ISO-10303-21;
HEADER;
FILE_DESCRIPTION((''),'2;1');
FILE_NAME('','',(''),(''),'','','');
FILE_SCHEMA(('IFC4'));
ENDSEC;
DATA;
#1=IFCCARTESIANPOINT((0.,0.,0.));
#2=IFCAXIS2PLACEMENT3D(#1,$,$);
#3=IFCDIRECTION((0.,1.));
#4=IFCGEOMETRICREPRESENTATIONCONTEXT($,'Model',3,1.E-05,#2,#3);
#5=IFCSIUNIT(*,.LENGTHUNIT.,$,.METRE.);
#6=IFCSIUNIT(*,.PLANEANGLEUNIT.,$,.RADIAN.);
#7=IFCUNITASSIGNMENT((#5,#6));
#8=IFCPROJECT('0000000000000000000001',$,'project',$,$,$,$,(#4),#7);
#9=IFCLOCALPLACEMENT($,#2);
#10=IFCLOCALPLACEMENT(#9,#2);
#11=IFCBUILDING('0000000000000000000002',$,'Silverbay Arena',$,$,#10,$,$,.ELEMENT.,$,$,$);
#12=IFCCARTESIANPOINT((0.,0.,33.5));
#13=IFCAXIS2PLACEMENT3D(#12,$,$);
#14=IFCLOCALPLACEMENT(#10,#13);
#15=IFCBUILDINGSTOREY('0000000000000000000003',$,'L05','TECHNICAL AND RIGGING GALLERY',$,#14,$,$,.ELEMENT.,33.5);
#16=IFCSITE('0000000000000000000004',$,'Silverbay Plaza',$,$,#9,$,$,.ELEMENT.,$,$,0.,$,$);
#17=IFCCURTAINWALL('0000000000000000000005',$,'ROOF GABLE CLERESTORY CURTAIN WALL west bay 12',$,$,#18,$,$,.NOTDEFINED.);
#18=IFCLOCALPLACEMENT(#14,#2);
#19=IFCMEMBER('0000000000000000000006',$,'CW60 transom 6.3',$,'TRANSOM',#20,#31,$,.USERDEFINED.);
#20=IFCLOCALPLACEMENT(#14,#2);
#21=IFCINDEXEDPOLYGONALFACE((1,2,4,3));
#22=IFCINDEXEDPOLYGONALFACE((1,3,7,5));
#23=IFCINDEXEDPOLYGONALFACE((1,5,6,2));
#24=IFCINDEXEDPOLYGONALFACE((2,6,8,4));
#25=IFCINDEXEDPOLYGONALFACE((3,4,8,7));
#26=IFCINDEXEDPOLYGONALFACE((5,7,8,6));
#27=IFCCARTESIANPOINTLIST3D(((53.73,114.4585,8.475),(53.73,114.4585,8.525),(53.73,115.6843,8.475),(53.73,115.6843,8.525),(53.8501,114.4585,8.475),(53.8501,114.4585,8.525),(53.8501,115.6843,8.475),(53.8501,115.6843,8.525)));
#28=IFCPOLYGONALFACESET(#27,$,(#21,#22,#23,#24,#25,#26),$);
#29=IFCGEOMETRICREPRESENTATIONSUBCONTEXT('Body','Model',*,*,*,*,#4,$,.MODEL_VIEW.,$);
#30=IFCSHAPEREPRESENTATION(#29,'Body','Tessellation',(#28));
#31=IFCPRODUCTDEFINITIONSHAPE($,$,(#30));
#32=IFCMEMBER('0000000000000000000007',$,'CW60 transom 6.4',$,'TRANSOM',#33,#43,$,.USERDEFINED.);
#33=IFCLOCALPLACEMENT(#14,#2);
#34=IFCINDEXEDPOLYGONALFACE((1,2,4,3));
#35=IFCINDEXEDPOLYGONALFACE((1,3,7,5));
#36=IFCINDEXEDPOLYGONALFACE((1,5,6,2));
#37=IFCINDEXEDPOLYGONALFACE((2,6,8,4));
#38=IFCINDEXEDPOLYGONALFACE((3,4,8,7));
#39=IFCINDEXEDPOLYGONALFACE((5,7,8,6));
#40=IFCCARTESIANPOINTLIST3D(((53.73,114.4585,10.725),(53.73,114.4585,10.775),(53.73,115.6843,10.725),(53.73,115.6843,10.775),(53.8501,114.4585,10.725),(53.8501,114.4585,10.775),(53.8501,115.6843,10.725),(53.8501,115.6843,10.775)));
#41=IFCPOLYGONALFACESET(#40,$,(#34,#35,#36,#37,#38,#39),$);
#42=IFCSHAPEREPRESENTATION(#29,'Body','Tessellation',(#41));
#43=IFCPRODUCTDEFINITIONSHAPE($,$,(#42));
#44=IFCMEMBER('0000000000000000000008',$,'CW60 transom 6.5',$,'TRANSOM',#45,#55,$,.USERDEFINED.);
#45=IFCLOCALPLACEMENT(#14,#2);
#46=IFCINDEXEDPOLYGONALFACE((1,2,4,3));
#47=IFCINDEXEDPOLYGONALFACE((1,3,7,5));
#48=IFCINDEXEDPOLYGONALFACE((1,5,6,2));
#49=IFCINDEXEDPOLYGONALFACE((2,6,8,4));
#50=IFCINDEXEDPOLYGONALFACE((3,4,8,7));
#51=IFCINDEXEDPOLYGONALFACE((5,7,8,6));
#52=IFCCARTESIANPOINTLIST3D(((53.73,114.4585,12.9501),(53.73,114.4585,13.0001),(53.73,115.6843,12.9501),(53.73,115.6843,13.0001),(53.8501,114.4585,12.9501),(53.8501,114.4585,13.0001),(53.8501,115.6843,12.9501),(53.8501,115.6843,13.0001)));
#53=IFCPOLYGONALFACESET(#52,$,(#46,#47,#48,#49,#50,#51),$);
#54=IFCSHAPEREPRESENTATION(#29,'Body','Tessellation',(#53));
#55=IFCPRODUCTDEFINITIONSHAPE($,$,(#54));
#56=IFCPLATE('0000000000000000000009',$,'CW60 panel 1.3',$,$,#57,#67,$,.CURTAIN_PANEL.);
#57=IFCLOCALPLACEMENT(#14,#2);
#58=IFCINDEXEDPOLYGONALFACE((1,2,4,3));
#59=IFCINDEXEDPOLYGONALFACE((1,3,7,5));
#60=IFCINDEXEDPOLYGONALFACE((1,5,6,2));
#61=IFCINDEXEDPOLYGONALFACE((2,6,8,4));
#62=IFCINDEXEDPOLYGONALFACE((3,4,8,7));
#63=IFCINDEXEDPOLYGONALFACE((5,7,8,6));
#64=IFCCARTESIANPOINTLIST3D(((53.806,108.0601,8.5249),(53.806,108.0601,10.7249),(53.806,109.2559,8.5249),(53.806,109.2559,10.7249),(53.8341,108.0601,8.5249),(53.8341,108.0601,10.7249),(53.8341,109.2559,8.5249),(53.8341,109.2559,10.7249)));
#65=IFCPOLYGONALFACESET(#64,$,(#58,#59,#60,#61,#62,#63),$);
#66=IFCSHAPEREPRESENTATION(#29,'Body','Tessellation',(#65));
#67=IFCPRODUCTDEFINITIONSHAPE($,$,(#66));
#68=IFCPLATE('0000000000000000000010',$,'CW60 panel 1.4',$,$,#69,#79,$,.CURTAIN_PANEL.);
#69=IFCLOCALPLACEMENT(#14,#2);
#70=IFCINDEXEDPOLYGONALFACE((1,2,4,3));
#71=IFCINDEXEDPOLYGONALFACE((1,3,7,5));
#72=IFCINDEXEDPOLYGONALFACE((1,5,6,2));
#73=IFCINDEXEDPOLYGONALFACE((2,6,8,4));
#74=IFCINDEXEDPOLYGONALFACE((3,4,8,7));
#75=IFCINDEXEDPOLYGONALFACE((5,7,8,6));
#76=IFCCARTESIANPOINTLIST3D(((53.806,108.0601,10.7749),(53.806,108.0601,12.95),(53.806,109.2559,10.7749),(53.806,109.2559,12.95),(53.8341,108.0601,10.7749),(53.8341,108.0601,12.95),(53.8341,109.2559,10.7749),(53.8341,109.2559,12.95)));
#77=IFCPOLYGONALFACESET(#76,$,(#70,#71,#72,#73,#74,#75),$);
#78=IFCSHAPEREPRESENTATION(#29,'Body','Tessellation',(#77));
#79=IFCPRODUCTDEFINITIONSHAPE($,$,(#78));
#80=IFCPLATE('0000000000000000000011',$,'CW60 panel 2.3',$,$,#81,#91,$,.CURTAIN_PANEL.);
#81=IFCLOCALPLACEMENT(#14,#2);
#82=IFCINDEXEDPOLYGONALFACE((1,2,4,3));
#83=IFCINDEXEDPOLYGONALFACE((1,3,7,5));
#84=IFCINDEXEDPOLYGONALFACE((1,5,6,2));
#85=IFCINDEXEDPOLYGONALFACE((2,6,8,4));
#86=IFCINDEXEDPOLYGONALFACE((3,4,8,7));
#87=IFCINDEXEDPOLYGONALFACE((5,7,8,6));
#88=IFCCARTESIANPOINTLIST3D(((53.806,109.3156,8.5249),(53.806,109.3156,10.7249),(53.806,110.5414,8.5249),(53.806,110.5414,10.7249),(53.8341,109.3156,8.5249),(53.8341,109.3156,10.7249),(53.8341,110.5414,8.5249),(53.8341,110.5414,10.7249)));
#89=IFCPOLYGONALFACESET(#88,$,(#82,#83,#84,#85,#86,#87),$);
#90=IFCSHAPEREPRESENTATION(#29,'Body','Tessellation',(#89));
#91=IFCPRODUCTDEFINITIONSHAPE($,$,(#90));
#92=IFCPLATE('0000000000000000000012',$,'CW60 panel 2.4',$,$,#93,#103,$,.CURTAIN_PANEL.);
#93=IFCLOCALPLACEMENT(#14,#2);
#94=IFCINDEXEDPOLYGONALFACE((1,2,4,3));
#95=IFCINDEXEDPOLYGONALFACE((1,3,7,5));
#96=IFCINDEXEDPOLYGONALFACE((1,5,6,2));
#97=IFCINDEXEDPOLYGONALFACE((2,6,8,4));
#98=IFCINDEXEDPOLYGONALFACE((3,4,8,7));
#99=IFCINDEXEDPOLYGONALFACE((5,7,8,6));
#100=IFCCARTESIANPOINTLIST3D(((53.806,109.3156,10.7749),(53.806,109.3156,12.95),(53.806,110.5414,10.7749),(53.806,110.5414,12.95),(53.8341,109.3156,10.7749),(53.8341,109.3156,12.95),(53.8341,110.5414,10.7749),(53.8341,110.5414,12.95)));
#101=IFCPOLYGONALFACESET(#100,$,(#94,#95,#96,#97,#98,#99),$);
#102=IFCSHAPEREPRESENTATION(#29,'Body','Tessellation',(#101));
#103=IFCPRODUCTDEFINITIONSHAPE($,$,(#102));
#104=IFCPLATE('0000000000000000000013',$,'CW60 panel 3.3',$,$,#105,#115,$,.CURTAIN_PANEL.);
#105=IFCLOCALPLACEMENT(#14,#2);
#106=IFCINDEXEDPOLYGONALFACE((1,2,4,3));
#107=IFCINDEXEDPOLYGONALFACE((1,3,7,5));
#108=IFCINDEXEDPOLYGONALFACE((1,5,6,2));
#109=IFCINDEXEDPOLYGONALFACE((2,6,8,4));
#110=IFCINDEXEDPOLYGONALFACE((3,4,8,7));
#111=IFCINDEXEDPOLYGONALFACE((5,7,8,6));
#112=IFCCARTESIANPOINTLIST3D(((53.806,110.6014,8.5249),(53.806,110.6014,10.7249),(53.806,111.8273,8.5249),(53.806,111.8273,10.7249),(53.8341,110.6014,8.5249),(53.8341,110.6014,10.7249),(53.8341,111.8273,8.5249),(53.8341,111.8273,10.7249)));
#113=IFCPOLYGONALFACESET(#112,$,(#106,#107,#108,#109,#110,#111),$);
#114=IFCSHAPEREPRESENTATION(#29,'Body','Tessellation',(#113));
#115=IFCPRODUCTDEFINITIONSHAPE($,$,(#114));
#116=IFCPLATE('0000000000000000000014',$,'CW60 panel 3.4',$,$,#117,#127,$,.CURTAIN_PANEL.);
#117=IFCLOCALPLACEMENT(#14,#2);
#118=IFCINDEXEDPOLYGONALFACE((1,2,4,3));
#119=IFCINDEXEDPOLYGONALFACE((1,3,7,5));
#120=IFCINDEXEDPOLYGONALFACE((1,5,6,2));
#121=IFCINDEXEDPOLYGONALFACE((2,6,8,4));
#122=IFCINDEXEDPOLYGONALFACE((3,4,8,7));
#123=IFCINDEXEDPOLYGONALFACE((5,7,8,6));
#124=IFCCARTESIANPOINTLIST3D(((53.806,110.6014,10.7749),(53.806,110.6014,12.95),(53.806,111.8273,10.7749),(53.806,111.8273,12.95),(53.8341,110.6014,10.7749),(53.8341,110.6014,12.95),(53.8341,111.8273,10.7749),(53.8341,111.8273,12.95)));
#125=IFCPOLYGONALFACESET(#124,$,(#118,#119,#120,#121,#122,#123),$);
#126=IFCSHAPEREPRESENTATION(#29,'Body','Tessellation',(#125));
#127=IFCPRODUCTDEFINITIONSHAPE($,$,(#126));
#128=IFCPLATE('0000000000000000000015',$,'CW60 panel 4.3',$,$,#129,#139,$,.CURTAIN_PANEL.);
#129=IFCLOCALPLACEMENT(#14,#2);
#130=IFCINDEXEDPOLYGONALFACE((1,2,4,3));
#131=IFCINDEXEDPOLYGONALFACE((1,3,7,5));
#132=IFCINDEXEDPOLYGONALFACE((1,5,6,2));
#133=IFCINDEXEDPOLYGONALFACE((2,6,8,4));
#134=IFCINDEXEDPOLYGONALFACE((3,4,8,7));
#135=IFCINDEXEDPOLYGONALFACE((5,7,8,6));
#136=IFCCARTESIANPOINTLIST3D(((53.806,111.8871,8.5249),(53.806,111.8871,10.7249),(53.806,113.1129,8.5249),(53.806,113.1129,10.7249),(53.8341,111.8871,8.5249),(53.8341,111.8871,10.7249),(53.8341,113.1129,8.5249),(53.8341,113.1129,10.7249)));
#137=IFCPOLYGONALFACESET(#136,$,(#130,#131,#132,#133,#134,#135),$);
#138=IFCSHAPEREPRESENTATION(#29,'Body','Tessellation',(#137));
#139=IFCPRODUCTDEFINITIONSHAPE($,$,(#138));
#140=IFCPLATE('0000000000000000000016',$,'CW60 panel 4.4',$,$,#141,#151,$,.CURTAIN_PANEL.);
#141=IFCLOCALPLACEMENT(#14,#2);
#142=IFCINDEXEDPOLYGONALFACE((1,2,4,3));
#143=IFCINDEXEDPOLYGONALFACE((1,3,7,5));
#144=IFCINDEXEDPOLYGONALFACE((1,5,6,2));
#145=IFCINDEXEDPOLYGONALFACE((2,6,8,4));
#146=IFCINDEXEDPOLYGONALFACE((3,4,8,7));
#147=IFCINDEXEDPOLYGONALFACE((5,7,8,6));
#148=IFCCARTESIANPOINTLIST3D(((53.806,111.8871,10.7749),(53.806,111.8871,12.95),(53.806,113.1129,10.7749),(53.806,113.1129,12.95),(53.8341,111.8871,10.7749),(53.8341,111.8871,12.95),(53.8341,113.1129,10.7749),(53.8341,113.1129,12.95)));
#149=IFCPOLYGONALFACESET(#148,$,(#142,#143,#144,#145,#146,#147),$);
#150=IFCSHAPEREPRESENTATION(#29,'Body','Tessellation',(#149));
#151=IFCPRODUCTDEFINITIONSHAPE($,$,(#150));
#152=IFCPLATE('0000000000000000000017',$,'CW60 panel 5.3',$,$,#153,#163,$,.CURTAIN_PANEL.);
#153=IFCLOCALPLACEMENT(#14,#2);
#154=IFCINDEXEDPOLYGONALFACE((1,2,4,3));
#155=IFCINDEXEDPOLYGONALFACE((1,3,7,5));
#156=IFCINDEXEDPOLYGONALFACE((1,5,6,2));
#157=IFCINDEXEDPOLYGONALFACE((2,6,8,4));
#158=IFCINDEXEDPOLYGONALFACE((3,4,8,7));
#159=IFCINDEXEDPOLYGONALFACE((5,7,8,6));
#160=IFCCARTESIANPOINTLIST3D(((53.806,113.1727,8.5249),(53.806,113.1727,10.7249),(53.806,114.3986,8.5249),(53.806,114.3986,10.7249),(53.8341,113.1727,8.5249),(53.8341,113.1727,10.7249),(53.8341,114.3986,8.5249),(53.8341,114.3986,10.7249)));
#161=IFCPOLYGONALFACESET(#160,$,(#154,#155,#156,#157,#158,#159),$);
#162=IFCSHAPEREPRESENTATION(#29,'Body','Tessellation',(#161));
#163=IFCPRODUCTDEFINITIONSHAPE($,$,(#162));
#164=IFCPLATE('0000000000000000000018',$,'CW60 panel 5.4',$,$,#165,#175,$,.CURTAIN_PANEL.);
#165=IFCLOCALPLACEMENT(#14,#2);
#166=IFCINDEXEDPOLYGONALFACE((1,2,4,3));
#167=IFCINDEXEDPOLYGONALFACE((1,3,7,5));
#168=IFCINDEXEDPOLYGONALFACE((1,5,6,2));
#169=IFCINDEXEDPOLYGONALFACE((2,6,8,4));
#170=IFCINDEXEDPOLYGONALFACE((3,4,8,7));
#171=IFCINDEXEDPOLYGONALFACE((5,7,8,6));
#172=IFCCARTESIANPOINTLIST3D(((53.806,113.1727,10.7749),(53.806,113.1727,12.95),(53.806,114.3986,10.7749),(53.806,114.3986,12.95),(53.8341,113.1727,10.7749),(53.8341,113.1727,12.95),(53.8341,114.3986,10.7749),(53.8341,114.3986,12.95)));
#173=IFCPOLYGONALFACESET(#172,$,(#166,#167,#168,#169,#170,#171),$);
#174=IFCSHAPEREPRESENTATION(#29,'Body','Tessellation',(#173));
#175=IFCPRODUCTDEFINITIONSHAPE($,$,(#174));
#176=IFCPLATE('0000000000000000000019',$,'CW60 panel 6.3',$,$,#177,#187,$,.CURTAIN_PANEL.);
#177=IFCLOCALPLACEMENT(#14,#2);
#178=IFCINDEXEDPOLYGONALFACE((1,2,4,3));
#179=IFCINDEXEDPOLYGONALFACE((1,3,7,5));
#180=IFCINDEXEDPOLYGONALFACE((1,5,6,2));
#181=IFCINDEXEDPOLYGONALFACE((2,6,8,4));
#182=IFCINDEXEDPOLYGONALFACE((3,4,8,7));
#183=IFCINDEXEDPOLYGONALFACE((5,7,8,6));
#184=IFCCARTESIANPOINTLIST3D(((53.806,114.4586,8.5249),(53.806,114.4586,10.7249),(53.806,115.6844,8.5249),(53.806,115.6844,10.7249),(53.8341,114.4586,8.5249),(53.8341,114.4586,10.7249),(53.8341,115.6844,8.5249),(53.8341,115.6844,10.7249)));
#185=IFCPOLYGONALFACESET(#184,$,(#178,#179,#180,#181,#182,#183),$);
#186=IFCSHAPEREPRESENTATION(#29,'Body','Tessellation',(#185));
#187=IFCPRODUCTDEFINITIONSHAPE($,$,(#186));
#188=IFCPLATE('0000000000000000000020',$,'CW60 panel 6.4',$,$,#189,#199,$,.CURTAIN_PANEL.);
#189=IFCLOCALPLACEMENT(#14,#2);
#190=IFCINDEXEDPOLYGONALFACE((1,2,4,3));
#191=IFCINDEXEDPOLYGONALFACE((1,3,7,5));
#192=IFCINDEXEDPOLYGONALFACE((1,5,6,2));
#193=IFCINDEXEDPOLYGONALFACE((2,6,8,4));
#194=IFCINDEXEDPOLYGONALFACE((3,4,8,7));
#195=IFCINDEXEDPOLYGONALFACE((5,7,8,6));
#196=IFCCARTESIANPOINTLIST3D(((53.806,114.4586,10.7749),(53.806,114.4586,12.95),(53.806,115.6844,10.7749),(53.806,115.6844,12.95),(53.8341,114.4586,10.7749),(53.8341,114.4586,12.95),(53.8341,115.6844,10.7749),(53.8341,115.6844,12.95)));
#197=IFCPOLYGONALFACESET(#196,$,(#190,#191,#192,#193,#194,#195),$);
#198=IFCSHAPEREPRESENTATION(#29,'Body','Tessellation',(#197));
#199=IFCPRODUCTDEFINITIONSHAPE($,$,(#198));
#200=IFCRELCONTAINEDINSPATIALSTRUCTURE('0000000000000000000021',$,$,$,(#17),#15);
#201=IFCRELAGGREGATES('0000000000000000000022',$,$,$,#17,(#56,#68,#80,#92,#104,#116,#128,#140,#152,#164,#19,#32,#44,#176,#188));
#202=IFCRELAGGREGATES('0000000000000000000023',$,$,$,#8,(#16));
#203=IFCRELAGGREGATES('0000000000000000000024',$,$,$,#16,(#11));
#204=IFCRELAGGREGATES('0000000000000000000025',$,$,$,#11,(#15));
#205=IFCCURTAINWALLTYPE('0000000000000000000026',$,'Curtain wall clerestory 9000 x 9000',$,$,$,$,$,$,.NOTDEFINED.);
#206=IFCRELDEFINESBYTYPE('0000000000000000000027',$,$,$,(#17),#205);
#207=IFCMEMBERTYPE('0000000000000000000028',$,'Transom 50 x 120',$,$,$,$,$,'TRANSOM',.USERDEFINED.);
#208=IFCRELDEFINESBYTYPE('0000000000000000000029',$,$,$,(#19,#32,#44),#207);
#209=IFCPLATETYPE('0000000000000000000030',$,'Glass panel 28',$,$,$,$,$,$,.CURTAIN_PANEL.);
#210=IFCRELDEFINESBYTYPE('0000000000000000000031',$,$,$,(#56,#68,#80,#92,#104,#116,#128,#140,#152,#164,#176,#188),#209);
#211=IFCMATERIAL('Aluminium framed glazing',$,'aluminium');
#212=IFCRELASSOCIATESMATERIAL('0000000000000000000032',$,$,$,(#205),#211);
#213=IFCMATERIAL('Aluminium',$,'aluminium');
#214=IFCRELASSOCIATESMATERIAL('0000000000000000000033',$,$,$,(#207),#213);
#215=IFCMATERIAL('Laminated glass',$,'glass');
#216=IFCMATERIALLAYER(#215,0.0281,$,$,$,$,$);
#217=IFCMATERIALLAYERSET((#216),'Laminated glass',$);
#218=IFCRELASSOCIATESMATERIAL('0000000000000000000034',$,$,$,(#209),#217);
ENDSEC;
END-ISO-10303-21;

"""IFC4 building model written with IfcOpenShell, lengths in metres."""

from ifc_helpers import new_model, si_unit, direction, frame, origin, origin_2d, place, context, subcontext, project, spatial, rectangle, extrude, material, layer, layer_set, material_profile, profile_set, type_object, element, aggregate, save


model = new_model("IFC4")

# Units and contexts
model_context = context("Model", 3, precision=1e-05, world=origin(), true_north=direction((0.0, 1.0)))
body_context = subcontext(model_context, "Body", "Model", "MODEL_VIEW")
ifc_project = project(units=[si_unit("LENGTHUNIT", "METRE"), si_unit("PLANEANGLEUNIT", "RADIAN")], contexts=[model_context])

# Site, building, storey
site_placement = place(None, origin())
site = spatial("IfcSite", under=ifc_project, at=site_placement, Name="Silverbay Plaza", CompositionType="ELEMENT", RefElevation=0.0)
building_placement = place(site_placement, origin())
building = spatial("IfcBuilding", under=site, at=building_placement, Name="Silverbay Arena", CompositionType="ELEMENT")
storey_placement = place(building_placement, frame((0.0, 0.0, 33.5)))
storey = spatial("IfcBuildingStorey", under=building, at=storey_placement, Name="L05", Description="TECHNICAL AND RIGGING GALLERY", CompositionType="ELEMENT", Elevation=33.5)

# Curtain wall, members, plates
ifc_material_1 = material(Name="Aluminium framed glazing", Category="aluminium")
curtain_wall_type = type_object("IfcCurtainWallType", Name="Curtain wall clerestory 9000 x 9000", PredefinedType="NOTDEFINED", material=ifc_material_1)
curtain_wall_placement = place(storey_placement, origin())
curtain_wall = element("IfcCurtainWall", 1, at=curtain_wall_placement, inside=storey, type_object=curtain_wall_type, Name="ROOF GABLE CLERESTORY CURTAIN WALL west bay 12", PredefinedType="NOTDEFINED")
ifc_material_2 = material(Name="Aluminium", Category="aluminium")
ifc_material_profile_1 = material_profile(ifc_material_2, rectangle(XDim=0.1201, YDim=0.05, at=origin_2d()), Name="Transom 50 x 120")
ifc_profile_set_1 = profile_set([ifc_material_profile_1], Name="Aluminium")
member_type_1 = type_object("IfcMemberType", Name="Transom 50 x 120", ElementType="TRANSOM", PredefinedType="USERDEFINED", material=ifc_profile_set_1)
member_1_placement = place(storey_placement, frame((53.79, 114.4585, 8.5), z_axis=(0.0, 1.0, 0.0), x_axis=(-1.0, 0.0, 0.0)))
member_1 = element("IfcMember", 2, at=member_1_placement, type_object=member_type_1, Name="CW60 transom 6.3", ObjectType="TRANSOM", PredefinedType="USERDEFINED", context=body_context, shape_type="SweptSolid", body=[
    extrude(rectangle(XDim=0.1201, YDim=0.05, at=origin_2d()), origin(), (0.0, 0.0, 1.0), 1.2258),
])
member_2_placement = place(storey_placement, frame((53.79, 114.4585, 10.75), z_axis=(0.0, 1.0, 0.0), x_axis=(-1.0, 0.0, 0.0)))
member_2 = element("IfcMember", 3, at=member_2_placement, type_object=member_type_1, Name="CW60 transom 6.4", ObjectType="TRANSOM", PredefinedType="USERDEFINED", context=body_context, shape_type="SweptSolid", body=[
    extrude(rectangle(XDim=0.1201, YDim=0.05, at=origin_2d()), origin(), (0.0, 0.0, 1.0), 1.2258),
])
member_3_placement = place(storey_placement, frame((53.79, 114.4585, 12.9751), z_axis=(0.0, 1.0, 0.0), x_axis=(-1.0, 0.0, 0.0)))
member_3 = element("IfcMember", 4, at=member_3_placement, type_object=member_type_1, Name="CW60 transom 6.5", ObjectType="TRANSOM", PredefinedType="USERDEFINED", context=body_context, shape_type="SweptSolid", body=[
    extrude(rectangle(XDim=0.1201, YDim=0.05, at=origin_2d()), origin(), (0.0, 0.0, 1.0), 1.2258),
])
ifc_material_3 = material(Name="Laminated glass", Category="glass")
ifc_layer = layer(ifc_material_3, 0.0281)
ifc_layer_set = layer_set([ifc_layer], Name="Laminated glass")
plate_type = type_object("IfcPlateType", Name="Glass panel 28", PredefinedType="CURTAIN_PANEL", material=ifc_layer_set)
plate_1_placement = place(storey_placement, frame((53.8201, 108.658, 8.5249), z_axis=(0.0, 0.0, 1.0), x_axis=(0.0, 1.0, 0.0)))
plate_1 = element("IfcPlate", 5, at=plate_1_placement, type_object=plate_type, Name="CW60 panel 1.3", PredefinedType="CURTAIN_PANEL", context=body_context, shape_type="SweptSolid", body=[
    extrude(rectangle(XDim=1.1958, YDim=0.0281, at=origin_2d()), origin(), (0.0, 0.0, 1.0), 2.2),
])
plate_2_placement = place(storey_placement, frame((53.8201, 108.658, 10.7749), z_axis=(0.0, 0.0, 1.0), x_axis=(0.0, 1.0, 0.0)))
plate_2 = element("IfcPlate", 6, at=plate_2_placement, type_object=plate_type, Name="CW60 panel 1.4", PredefinedType="CURTAIN_PANEL", context=body_context, shape_type="SweptSolid", body=[
    extrude(rectangle(XDim=1.1958, YDim=0.0281, at=origin_2d()), origin(), (0.0, 0.0, 1.0), 2.175),
])
plate_3_placement = place(storey_placement, frame((53.8201, 109.9285, 8.5249), z_axis=(0.0, 0.0, 1.0), x_axis=(0.0, 1.0, 0.0)))
plate_3 = element("IfcPlate", 7, at=plate_3_placement, type_object=plate_type, Name="CW60 panel 2.3", PredefinedType="CURTAIN_PANEL", context=body_context, shape_type="SweptSolid", body=[
    extrude(rectangle(XDim=1.2258, YDim=0.0281, at=origin_2d()), origin(), (0.0, 0.0, 1.0), 2.2),
])
plate_4_placement = place(storey_placement, frame((53.8201, 109.9285, 10.7749), z_axis=(0.0, 0.0, 1.0), x_axis=(0.0, 1.0, 0.0)))
plate_4 = element("IfcPlate", 8, at=plate_4_placement, type_object=plate_type, Name="CW60 panel 2.4", PredefinedType="CURTAIN_PANEL", context=body_context, shape_type="SweptSolid", body=[
    extrude(rectangle(XDim=1.2258, YDim=0.0281, at=origin_2d()), origin(), (0.0, 0.0, 1.0), 2.175),
])
plate_5_placement = place(storey_placement, frame((53.8201, 111.2144, 8.5249), z_axis=(0.0, 0.0, 1.0), x_axis=(0.0, 1.0, 0.0)))
plate_5 = element("IfcPlate", 9, at=plate_5_placement, type_object=plate_type, Name="CW60 panel 3.3", PredefinedType="CURTAIN_PANEL", context=body_context, shape_type="SweptSolid", body=[
    extrude(rectangle(XDim=1.2258, YDim=0.0281, at=origin_2d()), origin(), (0.0, 0.0, 1.0), 2.2),
])
plate_6_placement = place(storey_placement, frame((53.8201, 111.2144, 10.7749), z_axis=(0.0, 0.0, 1.0), x_axis=(0.0, 1.0, 0.0)))
plate_6 = element("IfcPlate", 10, at=plate_6_placement, type_object=plate_type, Name="CW60 panel 3.4", PredefinedType="CURTAIN_PANEL", context=body_context, shape_type="SweptSolid", body=[
    extrude(rectangle(XDim=1.2258, YDim=0.0281, at=origin_2d()), origin(), (0.0, 0.0, 1.0), 2.175),
])
plate_7_placement = place(storey_placement, frame((53.8201, 112.5, 8.5249), z_axis=(0.0, 0.0, 1.0), x_axis=(0.0, 1.0, 0.0)))
plate_7 = element("IfcPlate", 11, at=plate_7_placement, type_object=plate_type, Name="CW60 panel 4.3", PredefinedType="CURTAIN_PANEL", context=body_context, shape_type="SweptSolid", body=[
    extrude(rectangle(XDim=1.2258, YDim=0.0281, at=origin_2d()), origin(), (0.0, 0.0, 1.0), 2.2),
])
plate_8_placement = place(storey_placement, frame((53.8201, 112.5, 10.7749), z_axis=(0.0, 0.0, 1.0), x_axis=(0.0, 1.0, 0.0)))
plate_8 = element("IfcPlate", 12, at=plate_8_placement, type_object=plate_type, Name="CW60 panel 4.4", PredefinedType="CURTAIN_PANEL", context=body_context, shape_type="SweptSolid", body=[
    extrude(rectangle(XDim=1.2258, YDim=0.0281, at=origin_2d()), origin(), (0.0, 0.0, 1.0), 2.175),
])
plate_9_placement = place(storey_placement, frame((53.8201, 113.7856, 8.5249), z_axis=(0.0, 0.0, 1.0), x_axis=(0.0, 1.0, 0.0)))
plate_9 = element("IfcPlate", 13, at=plate_9_placement, type_object=plate_type, Name="CW60 panel 5.3", PredefinedType="CURTAIN_PANEL", context=body_context, shape_type="SweptSolid", body=[
    extrude(rectangle(XDim=1.2258, YDim=0.0281, at=origin_2d()), origin(), (0.0, 0.0, 1.0), 2.2),
])
plate_10_placement = place(storey_placement, frame((53.8201, 113.7856, 10.7749), z_axis=(0.0, 0.0, 1.0), x_axis=(0.0, 1.0, 0.0)))
plate_10 = element("IfcPlate", 14, at=plate_10_placement, type_object=plate_type, Name="CW60 panel 5.4", PredefinedType="CURTAIN_PANEL", context=body_context, shape_type="SweptSolid", body=[
    extrude(rectangle(XDim=1.2258, YDim=0.0281, at=origin_2d()), origin(), (0.0, 0.0, 1.0), 2.175),
])
plate_11_placement = place(storey_placement, frame((53.8201, 115.0715, 8.5249), z_axis=(0.0, 0.0, 1.0), x_axis=(0.0, 1.0, 0.0)))
plate_11 = element("IfcPlate", 15, at=plate_11_placement, type_object=plate_type, Name="CW60 panel 6.3", PredefinedType="CURTAIN_PANEL", context=body_context, shape_type="SweptSolid", body=[
    extrude(rectangle(XDim=1.2258, YDim=0.0281, at=origin_2d()), origin(), (0.0, 0.0, 1.0), 2.2),
])
plate_12_placement = place(storey_placement, frame((53.8201, 115.0715, 10.7749), z_axis=(0.0, 0.0, 1.0), x_axis=(0.0, 1.0, 0.0)))
plate_12 = element("IfcPlate", 16, at=plate_12_placement, type_object=plate_type, Name="CW60 panel 6.4", PredefinedType="CURTAIN_PANEL", context=body_context, shape_type="SweptSolid", body=[
    extrude(rectangle(XDim=1.2258, YDim=0.0281, at=origin_2d()), origin(), (0.0, 0.0, 1.0), 2.175),
])
aggregate(curtain_wall, [plate_1, plate_2, plate_3, plate_4, plate_5, plate_6, plate_7, plate_8, plate_9, plate_10, member_1, member_2, member_3, plate_11, plate_12])

save(model, "model.ifc")
